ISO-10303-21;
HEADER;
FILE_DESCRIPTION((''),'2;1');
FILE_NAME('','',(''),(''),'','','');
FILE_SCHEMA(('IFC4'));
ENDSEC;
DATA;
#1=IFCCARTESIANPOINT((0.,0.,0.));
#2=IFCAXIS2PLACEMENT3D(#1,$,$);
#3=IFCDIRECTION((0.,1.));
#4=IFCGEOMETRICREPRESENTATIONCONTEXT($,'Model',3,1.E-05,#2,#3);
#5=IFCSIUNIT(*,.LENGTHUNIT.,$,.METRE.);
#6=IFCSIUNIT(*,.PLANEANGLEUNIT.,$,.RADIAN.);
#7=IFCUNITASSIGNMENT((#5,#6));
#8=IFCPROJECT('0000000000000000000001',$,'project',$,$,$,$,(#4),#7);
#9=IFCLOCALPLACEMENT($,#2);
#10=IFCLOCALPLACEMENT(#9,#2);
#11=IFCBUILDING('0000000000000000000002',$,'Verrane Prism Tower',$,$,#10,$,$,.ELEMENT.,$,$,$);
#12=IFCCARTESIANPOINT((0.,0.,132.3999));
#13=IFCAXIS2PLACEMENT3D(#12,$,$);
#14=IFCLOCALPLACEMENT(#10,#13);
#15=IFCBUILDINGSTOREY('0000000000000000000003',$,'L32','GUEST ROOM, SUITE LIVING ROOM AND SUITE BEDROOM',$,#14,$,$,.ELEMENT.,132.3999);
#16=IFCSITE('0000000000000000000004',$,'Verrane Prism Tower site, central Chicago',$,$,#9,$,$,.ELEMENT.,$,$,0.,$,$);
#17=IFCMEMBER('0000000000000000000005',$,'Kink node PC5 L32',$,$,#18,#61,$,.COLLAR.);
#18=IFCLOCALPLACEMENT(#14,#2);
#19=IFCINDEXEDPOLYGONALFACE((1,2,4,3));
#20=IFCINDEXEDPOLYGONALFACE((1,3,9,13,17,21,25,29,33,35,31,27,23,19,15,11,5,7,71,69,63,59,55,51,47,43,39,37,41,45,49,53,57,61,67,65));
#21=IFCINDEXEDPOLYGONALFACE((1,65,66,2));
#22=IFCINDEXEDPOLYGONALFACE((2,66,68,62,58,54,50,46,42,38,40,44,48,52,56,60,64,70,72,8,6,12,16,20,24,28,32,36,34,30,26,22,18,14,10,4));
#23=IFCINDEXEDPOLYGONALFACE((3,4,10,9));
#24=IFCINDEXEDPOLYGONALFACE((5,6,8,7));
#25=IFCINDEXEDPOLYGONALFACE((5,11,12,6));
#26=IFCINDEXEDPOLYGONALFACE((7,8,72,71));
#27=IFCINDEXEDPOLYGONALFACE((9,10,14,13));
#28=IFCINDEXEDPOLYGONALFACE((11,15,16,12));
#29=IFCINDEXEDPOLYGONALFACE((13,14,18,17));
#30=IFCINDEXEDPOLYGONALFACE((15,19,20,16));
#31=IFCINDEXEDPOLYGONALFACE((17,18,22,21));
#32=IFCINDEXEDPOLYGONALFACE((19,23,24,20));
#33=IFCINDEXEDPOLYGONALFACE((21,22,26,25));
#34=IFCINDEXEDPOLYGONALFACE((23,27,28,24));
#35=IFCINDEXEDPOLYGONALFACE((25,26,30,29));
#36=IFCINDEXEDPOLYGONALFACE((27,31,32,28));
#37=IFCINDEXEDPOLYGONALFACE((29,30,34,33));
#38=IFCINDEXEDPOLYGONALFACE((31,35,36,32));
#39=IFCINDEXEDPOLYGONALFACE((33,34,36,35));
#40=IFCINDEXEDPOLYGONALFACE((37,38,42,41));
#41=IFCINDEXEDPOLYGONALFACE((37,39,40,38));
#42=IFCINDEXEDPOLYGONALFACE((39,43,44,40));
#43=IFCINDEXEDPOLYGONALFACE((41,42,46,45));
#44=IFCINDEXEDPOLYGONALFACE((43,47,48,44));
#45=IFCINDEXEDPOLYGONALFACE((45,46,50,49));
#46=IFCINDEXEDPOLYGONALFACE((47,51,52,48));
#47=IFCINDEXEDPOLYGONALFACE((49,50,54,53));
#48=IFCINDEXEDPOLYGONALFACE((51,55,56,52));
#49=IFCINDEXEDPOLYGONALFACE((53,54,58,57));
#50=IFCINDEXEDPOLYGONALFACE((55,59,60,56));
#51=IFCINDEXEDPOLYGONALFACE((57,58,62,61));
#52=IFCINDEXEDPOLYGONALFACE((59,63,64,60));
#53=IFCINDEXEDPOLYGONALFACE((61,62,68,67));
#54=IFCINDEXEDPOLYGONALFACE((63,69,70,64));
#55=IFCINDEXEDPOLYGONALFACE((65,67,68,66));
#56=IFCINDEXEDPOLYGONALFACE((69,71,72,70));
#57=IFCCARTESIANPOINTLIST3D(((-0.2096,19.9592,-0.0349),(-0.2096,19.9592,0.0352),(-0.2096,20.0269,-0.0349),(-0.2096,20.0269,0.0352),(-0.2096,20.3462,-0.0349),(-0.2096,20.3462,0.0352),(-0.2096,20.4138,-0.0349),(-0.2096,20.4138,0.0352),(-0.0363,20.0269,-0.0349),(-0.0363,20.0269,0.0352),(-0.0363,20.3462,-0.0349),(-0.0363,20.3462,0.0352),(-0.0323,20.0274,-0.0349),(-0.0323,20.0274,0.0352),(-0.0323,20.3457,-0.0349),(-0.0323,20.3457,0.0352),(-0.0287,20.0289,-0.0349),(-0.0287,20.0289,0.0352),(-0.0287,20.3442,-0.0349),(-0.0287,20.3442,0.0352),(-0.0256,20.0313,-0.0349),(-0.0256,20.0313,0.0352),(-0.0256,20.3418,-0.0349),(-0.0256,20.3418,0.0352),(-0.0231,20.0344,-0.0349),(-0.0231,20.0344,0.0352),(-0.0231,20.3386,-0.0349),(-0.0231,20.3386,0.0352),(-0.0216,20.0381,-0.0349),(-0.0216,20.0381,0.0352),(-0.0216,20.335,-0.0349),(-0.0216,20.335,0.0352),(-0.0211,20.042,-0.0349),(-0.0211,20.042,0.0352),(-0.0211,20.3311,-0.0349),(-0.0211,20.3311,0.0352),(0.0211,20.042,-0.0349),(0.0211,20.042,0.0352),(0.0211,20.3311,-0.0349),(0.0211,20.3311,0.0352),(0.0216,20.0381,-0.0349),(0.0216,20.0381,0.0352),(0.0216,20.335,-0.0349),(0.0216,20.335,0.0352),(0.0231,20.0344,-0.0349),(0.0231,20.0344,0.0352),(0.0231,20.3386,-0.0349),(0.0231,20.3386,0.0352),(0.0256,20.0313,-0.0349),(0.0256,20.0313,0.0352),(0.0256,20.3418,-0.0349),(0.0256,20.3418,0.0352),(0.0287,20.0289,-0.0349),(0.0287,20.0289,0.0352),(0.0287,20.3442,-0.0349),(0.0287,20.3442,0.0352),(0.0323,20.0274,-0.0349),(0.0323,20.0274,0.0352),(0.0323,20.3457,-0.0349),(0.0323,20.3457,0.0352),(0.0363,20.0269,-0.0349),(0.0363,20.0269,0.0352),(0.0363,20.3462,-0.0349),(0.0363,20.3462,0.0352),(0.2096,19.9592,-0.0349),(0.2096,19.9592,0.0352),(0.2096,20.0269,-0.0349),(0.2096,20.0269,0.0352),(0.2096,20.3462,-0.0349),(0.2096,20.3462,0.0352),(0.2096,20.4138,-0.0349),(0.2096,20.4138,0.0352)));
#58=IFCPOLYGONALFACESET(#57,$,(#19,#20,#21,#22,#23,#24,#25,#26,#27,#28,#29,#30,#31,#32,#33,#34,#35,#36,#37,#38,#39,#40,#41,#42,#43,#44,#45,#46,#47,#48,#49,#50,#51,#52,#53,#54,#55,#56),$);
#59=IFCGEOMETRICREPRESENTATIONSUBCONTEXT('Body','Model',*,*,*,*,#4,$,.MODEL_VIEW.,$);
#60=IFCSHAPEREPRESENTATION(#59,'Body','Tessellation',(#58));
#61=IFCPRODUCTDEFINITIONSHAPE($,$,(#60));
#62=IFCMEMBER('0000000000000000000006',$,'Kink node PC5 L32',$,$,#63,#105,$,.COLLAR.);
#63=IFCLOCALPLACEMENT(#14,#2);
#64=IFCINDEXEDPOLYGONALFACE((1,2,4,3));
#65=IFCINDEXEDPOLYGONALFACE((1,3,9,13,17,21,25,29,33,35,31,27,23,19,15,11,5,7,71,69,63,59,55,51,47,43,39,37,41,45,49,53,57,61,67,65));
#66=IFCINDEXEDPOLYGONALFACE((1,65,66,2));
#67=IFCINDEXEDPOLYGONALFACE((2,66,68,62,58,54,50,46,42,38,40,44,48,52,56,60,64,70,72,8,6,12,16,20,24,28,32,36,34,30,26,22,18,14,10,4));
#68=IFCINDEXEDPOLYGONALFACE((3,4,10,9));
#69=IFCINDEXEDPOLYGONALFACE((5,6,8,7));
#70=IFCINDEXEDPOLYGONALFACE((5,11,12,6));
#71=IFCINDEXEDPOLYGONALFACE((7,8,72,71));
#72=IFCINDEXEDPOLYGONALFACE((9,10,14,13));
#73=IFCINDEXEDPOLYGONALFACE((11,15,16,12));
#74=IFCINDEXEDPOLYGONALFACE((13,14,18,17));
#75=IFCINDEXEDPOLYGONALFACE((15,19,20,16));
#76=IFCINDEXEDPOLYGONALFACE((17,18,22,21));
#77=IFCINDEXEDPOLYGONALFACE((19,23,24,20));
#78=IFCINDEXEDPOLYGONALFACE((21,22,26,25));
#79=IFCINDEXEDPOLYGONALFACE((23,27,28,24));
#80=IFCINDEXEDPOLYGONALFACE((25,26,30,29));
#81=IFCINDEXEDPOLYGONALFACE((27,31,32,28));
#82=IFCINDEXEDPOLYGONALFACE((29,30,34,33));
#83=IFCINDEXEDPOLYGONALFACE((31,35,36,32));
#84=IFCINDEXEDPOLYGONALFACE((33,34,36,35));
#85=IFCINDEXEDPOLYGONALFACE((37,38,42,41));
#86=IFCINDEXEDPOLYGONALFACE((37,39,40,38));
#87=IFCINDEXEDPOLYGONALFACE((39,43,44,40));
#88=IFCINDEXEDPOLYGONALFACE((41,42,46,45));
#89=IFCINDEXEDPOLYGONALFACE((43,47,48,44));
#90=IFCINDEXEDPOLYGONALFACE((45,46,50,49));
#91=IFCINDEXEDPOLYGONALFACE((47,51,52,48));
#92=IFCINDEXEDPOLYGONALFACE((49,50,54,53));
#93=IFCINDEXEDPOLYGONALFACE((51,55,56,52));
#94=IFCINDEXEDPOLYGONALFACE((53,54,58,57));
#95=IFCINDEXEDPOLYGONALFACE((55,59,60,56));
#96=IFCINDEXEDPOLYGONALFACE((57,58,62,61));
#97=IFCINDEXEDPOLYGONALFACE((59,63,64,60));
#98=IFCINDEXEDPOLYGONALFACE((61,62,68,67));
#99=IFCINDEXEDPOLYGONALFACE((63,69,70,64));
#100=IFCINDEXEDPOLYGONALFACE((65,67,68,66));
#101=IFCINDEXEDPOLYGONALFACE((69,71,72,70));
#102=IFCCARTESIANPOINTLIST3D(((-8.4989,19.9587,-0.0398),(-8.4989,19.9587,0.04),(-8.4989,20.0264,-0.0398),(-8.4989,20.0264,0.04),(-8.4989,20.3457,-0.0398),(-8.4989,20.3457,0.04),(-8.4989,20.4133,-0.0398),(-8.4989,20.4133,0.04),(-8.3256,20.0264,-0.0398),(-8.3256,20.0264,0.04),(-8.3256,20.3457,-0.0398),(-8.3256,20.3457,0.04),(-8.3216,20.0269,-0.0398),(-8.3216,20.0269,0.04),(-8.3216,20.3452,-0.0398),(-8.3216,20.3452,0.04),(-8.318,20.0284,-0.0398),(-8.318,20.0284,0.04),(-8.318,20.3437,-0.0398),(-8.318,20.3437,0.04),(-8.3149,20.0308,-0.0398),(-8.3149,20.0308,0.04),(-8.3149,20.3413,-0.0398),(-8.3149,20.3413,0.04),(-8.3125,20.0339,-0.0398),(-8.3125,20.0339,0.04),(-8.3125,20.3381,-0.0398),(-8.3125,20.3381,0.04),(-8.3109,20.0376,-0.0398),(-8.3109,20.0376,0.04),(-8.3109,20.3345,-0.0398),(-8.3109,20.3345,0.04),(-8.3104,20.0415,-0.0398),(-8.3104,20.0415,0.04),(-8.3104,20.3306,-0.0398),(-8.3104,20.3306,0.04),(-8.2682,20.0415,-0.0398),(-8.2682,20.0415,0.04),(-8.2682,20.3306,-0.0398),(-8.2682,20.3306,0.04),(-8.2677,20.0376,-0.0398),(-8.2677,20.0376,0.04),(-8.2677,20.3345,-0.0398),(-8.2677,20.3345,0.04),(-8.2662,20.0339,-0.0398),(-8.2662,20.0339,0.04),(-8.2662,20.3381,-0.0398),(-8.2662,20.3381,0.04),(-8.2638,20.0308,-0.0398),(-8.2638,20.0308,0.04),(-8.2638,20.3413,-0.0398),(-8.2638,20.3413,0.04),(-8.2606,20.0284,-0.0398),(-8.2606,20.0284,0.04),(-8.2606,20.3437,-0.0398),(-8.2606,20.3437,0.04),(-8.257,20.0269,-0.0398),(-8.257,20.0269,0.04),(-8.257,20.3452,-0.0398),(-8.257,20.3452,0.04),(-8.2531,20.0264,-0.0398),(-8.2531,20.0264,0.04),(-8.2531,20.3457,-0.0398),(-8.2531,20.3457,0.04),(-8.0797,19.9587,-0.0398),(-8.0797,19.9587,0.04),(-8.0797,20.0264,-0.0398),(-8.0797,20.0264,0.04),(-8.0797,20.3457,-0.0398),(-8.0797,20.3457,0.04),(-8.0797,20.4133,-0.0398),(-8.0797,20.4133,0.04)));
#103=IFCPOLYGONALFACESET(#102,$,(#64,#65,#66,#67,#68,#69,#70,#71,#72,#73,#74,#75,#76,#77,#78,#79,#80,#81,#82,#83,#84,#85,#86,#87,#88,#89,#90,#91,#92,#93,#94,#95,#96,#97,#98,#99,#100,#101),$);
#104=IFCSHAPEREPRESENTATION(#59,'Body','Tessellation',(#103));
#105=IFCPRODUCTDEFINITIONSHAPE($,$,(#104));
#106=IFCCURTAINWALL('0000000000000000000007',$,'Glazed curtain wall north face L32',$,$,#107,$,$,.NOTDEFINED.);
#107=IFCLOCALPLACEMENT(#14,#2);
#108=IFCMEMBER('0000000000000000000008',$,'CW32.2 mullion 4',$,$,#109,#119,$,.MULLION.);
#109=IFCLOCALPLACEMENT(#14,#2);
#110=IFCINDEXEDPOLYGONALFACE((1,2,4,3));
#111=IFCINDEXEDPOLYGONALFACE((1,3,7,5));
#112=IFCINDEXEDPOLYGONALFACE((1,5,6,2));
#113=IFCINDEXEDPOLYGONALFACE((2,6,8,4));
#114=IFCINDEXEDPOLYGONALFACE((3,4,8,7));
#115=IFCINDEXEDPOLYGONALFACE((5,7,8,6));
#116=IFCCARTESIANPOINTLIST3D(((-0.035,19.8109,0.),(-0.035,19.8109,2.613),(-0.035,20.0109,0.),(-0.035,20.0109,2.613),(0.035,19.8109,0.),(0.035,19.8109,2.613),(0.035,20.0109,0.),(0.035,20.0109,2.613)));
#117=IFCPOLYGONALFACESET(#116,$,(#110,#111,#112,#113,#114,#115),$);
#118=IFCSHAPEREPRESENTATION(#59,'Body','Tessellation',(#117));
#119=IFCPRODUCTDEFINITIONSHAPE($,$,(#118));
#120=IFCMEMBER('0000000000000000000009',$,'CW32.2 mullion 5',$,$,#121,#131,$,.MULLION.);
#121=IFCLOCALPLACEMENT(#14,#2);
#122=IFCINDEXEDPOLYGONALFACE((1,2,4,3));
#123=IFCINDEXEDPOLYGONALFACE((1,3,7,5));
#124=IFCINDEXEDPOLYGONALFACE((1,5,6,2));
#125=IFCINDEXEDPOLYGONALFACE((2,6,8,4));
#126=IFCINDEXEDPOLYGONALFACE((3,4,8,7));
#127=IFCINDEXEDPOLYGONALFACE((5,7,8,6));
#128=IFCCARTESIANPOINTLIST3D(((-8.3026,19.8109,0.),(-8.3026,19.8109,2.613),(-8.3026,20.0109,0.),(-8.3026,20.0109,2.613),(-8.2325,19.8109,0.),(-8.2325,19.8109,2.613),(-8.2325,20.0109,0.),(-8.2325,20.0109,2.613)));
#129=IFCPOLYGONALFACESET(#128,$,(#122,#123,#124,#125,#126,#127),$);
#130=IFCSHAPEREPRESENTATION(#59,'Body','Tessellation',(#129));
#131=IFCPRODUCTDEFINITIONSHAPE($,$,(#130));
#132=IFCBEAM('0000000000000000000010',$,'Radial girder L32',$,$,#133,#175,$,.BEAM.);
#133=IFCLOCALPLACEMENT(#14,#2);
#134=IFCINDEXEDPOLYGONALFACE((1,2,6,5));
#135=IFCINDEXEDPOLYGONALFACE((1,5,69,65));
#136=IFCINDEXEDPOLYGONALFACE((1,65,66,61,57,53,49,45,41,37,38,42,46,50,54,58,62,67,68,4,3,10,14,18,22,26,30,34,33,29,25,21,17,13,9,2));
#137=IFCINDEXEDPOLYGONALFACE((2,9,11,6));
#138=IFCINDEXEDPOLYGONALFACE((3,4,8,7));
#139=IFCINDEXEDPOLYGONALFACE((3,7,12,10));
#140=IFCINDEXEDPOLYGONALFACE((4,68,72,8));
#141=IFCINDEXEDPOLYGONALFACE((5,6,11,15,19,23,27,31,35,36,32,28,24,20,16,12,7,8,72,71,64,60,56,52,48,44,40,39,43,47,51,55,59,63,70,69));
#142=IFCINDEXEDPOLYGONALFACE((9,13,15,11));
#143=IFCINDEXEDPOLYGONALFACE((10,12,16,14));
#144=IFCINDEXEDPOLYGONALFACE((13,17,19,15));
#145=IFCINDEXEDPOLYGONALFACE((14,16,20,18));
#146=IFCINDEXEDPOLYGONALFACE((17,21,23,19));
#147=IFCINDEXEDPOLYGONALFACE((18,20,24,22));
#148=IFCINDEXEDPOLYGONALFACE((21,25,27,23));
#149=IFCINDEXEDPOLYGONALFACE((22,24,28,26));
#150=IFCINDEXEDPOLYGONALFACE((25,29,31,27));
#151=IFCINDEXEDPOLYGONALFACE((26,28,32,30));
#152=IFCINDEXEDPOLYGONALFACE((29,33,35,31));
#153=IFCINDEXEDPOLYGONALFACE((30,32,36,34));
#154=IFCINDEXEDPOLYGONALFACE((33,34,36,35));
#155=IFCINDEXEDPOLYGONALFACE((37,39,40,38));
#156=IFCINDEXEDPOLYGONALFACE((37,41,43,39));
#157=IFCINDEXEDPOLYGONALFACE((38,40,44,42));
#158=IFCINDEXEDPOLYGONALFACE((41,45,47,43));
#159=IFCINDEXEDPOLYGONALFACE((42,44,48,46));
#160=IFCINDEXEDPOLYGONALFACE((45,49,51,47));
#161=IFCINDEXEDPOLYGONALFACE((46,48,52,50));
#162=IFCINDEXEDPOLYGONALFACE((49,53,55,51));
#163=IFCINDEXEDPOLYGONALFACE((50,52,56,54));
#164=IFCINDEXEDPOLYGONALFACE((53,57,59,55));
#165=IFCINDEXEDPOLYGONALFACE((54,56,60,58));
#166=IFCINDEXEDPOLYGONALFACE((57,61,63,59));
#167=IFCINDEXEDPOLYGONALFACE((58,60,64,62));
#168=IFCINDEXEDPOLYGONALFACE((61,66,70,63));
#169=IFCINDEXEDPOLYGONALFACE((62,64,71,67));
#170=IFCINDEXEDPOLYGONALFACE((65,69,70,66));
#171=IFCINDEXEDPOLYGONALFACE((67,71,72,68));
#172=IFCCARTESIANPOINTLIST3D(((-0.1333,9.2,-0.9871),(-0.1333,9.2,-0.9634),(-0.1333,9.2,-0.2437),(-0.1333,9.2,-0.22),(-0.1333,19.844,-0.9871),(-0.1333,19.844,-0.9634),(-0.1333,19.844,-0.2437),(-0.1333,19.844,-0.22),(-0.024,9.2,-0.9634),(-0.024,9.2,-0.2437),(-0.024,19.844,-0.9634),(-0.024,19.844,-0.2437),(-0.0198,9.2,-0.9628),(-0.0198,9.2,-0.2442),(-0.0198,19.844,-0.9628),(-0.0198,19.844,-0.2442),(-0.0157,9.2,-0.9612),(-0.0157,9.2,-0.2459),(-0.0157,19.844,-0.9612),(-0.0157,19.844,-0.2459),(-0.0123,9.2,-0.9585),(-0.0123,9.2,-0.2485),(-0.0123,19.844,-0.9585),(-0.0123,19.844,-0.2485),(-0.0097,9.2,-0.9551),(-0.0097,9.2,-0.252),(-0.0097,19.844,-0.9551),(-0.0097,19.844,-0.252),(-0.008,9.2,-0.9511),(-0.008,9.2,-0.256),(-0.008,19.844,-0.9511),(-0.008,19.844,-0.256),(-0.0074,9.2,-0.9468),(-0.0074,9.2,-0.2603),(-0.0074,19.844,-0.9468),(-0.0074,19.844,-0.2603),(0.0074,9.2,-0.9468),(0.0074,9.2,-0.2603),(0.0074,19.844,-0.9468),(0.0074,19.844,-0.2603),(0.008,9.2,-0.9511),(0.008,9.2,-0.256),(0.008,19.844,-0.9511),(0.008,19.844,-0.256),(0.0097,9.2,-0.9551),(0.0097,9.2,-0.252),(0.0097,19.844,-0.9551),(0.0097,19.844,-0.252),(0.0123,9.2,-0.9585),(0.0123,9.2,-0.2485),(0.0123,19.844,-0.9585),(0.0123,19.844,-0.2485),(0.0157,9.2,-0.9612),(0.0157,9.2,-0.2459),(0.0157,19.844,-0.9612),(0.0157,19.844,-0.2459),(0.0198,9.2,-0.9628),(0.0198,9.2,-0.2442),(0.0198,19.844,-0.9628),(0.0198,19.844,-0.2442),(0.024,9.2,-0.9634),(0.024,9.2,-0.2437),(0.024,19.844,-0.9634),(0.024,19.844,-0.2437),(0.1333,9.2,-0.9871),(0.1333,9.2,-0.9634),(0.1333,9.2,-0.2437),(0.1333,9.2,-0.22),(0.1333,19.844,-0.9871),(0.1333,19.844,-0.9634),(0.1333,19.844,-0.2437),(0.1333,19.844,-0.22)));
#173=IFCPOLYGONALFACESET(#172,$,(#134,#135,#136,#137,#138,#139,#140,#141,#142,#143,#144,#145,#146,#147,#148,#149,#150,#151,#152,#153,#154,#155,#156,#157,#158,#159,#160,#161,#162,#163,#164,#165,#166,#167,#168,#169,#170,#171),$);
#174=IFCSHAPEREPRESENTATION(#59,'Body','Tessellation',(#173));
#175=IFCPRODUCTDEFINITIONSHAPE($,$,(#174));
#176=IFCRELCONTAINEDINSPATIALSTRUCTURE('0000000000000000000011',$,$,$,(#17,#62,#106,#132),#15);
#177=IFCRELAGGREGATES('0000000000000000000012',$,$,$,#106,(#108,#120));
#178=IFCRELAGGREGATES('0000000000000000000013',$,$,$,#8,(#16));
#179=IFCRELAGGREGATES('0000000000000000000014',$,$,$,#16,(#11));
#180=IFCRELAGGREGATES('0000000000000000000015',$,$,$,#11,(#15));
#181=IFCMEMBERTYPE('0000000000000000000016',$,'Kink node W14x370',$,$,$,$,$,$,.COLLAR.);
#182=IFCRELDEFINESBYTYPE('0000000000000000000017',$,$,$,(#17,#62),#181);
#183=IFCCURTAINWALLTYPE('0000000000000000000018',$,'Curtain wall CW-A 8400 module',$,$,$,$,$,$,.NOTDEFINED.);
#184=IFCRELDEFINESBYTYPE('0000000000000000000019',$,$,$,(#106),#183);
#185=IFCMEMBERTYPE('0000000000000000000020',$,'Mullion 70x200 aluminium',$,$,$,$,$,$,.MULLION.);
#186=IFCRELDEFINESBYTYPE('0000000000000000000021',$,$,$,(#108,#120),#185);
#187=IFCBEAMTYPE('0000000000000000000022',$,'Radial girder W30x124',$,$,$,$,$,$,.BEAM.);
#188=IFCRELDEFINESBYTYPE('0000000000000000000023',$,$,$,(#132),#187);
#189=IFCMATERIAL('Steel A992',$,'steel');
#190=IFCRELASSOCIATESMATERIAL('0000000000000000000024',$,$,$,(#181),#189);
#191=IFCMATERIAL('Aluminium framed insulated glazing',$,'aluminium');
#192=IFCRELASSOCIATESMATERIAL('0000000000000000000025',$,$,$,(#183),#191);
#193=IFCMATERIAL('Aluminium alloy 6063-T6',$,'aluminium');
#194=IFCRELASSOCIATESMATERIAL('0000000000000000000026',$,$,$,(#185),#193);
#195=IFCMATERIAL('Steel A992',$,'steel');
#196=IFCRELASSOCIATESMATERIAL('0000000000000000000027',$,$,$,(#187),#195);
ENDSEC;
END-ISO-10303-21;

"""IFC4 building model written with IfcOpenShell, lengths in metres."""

from ifc_helpers import new_model, si_unit, direction, frame, origin, origin_2d, place, context, subcontext, project, spatial, rectangle, i_section, extrude, material, material_profile, profile_set, type_object, element, aggregate, save


model = new_model("IFC4")

# Units and contexts
model_context = context("Model", 3, precision=1e-05, world=origin(), true_north=direction((0.0, 1.0)))
body_context = subcontext(model_context, "Body", "Model", "MODEL_VIEW")
ifc_project = project(units=[si_unit("LENGTHUNIT", "METRE"), si_unit("PLANEANGLEUNIT", "RADIAN")], contexts=[model_context])

# Site, building, storey
site_placement = place(None, origin())
site = spatial("IfcSite", under=ifc_project, at=site_placement, Name="Verrane Prism Tower site, central Chicago", CompositionType="ELEMENT", RefElevation=0.0)
building_placement = place(site_placement, origin())
building = spatial("IfcBuilding", under=site, at=building_placement, Name="Verrane Prism Tower", CompositionType="ELEMENT")
storey_placement = place(building_placement, frame((0.0, 0.0, 132.3999)))
storey = spatial("IfcBuildingStorey", under=building, at=storey_placement, Name="L32", Description="GUEST ROOM, SUITE LIVING ROOM AND SUITE BEDROOM", CompositionType="ELEMENT", Elevation=132.3999)

# Members
ifc_material_1 = material(Name="Steel A992", Category="steel")
ifc_material_profile_1 = material_profile(ifc_material_1, i_section(OverallWidth=0.4192, OverallDepth=0.4546, WebThickness=0.0422, FlangeThickness=0.0676, FilletRadius=0.0151, at=origin_2d()), Name="W14x370")
ifc_profile_set_1 = profile_set([ifc_material_profile_1], Name="Steel A992")
member_type_1 = type_object("IfcMemberType", Name="Kink node W14x370", PredefinedType="COLLAR", material=ifc_profile_set_1)
member_1_placement = place(storey_placement, frame((0.0, 20.1865, -0.0349), z_axis=(0.0, 0.0, 1.0), x_axis=(1.0, 0.0, 0.0)))
element("IfcMember", 1, at=member_1_placement, inside=storey, type_object=member_type_1, Name="Kink node PC5 L32", PredefinedType="COLLAR", context=body_context, shape_type="SweptSolid", body=[
    extrude(i_section(OverallWidth=0.4192, OverallDepth=0.4546, WebThickness=0.0422, FlangeThickness=0.0676, FilletRadius=0.0151, at=origin_2d()), origin(), (0.0, 0.0, 1.0), 0.0701),
])
member_2_placement = place(storey_placement, frame((-8.2893, 20.186, -0.0398), z_axis=(0.0, 0.0, 1.0), x_axis=(1.0, 0.0, 0.0)))
element("IfcMember", 2, at=member_2_placement, inside=storey, type_object=member_type_1, Name="Kink node PC5 L32", PredefinedType="COLLAR", context=body_context, shape_type="SweptSolid", body=[
    extrude(i_section(OverallWidth=0.4192, OverallDepth=0.4546, WebThickness=0.0422, FlangeThickness=0.0676, FilletRadius=0.0151, at=origin_2d()), origin(), (0.0, 0.0, 1.0), 0.0798),
])

# Curtain wall, members
ifc_material_2 = material(Name="Aluminium framed insulated glazing", Category="aluminium")
curtain_wall_type = type_object("IfcCurtainWallType", Name="Curtain wall CW-A 8400 module", PredefinedType="NOTDEFINED", material=ifc_material_2)
curtain_wall_placement = place(storey_placement, origin())
curtain_wall = element("IfcCurtainWall", 3, at=curtain_wall_placement, inside=storey, type_object=curtain_wall_type, Name="Glazed curtain wall north face L32", PredefinedType="NOTDEFINED")
ifc_material_3 = material(Name="Aluminium alloy 6063-T6", Category="aluminium")
ifc_material_profile_2 = material_profile(ifc_material_3, rectangle(XDim=0.2, YDim=0.0701, at=origin_2d()), Name="Mullion 70x200 aluminium")
ifc_profile_set_2 = profile_set([ifc_material_profile_2], Name="Aluminium alloy 6063-T6")
member_type_2 = type_object("IfcMemberType", Name="Mullion 70x200 aluminium", PredefinedType="MULLION", material=ifc_profile_set_2)
member_3_placement = place(storey_placement, frame((0.0, 19.9109, 0.0), z_axis=(0.0, 0.0, 1.0), x_axis=(0.0, -1.0, 0.0)))
member_3 = element("IfcMember", 4, at=member_3_placement, type_object=member_type_2, Name="CW32.2 mullion 4", PredefinedType="MULLION", context=body_context, shape_type="SweptSolid", body=[
    extrude(rectangle(XDim=0.2, YDim=0.0701, at=origin_2d()), origin(), (0.0, 0.0, 1.0), 2.613),
])
member_4_placement = place(storey_placement, frame((-8.2676, 19.9109, 0.0), z_axis=(0.0, 0.0, 1.0), x_axis=(0.0, -1.0, 0.0)))
member_4 = element("IfcMember", 5, at=member_4_placement, type_object=member_type_2, Name="CW32.2 mullion 5", PredefinedType="MULLION", context=body_context, shape_type="SweptSolid", body=[
    extrude(rectangle(XDim=0.2, YDim=0.0701, at=origin_2d()), origin(), (0.0, 0.0, 1.0), 2.613),
])

# Beam
ifc_material_4 = material(Name="Steel A992", Category="steel")
ifc_material_profile_3 = material_profile(ifc_material_4, i_section(OverallWidth=0.2666, OverallDepth=0.7671, WebThickness=0.0149, FlangeThickness=0.0237, FilletRadius=0.0166, at=origin_2d()), Name="W30x124")
ifc_profile_set_3 = profile_set([ifc_material_profile_3], Name="Steel A992")
beam_type_1 = type_object("IfcBeamType", Name="Radial girder W30x124", PredefinedType="BEAM", material=ifc_profile_set_3)
for number, where, z_axis, x_axis, name in (
    (6, (0.0, 19.844, -0.6035), (0.0, -1.0, 0.0), (1.0, 0.0, 0.0), "Radial girder L32"),
):
    element("IfcBeam", number, at=place(storey_placement, frame(where, z_axis=z_axis, x_axis=x_axis)), inside=storey, type_object=beam_type_1, Name=name, PredefinedType="BEAM", context=body_context, shape_type="SweptSolid", body=[
        extrude(i_section(OverallWidth=0.2666, OverallDepth=0.7671, WebThickness=0.0149, FlangeThickness=0.0237, FilletRadius=0.0166, at=origin_2d()), origin(), (0.0, 0.0, 1.0), 10.644),
    ])

aggregate(curtain_wall, [member_3, member_4])

save(model, "model.ifc")
